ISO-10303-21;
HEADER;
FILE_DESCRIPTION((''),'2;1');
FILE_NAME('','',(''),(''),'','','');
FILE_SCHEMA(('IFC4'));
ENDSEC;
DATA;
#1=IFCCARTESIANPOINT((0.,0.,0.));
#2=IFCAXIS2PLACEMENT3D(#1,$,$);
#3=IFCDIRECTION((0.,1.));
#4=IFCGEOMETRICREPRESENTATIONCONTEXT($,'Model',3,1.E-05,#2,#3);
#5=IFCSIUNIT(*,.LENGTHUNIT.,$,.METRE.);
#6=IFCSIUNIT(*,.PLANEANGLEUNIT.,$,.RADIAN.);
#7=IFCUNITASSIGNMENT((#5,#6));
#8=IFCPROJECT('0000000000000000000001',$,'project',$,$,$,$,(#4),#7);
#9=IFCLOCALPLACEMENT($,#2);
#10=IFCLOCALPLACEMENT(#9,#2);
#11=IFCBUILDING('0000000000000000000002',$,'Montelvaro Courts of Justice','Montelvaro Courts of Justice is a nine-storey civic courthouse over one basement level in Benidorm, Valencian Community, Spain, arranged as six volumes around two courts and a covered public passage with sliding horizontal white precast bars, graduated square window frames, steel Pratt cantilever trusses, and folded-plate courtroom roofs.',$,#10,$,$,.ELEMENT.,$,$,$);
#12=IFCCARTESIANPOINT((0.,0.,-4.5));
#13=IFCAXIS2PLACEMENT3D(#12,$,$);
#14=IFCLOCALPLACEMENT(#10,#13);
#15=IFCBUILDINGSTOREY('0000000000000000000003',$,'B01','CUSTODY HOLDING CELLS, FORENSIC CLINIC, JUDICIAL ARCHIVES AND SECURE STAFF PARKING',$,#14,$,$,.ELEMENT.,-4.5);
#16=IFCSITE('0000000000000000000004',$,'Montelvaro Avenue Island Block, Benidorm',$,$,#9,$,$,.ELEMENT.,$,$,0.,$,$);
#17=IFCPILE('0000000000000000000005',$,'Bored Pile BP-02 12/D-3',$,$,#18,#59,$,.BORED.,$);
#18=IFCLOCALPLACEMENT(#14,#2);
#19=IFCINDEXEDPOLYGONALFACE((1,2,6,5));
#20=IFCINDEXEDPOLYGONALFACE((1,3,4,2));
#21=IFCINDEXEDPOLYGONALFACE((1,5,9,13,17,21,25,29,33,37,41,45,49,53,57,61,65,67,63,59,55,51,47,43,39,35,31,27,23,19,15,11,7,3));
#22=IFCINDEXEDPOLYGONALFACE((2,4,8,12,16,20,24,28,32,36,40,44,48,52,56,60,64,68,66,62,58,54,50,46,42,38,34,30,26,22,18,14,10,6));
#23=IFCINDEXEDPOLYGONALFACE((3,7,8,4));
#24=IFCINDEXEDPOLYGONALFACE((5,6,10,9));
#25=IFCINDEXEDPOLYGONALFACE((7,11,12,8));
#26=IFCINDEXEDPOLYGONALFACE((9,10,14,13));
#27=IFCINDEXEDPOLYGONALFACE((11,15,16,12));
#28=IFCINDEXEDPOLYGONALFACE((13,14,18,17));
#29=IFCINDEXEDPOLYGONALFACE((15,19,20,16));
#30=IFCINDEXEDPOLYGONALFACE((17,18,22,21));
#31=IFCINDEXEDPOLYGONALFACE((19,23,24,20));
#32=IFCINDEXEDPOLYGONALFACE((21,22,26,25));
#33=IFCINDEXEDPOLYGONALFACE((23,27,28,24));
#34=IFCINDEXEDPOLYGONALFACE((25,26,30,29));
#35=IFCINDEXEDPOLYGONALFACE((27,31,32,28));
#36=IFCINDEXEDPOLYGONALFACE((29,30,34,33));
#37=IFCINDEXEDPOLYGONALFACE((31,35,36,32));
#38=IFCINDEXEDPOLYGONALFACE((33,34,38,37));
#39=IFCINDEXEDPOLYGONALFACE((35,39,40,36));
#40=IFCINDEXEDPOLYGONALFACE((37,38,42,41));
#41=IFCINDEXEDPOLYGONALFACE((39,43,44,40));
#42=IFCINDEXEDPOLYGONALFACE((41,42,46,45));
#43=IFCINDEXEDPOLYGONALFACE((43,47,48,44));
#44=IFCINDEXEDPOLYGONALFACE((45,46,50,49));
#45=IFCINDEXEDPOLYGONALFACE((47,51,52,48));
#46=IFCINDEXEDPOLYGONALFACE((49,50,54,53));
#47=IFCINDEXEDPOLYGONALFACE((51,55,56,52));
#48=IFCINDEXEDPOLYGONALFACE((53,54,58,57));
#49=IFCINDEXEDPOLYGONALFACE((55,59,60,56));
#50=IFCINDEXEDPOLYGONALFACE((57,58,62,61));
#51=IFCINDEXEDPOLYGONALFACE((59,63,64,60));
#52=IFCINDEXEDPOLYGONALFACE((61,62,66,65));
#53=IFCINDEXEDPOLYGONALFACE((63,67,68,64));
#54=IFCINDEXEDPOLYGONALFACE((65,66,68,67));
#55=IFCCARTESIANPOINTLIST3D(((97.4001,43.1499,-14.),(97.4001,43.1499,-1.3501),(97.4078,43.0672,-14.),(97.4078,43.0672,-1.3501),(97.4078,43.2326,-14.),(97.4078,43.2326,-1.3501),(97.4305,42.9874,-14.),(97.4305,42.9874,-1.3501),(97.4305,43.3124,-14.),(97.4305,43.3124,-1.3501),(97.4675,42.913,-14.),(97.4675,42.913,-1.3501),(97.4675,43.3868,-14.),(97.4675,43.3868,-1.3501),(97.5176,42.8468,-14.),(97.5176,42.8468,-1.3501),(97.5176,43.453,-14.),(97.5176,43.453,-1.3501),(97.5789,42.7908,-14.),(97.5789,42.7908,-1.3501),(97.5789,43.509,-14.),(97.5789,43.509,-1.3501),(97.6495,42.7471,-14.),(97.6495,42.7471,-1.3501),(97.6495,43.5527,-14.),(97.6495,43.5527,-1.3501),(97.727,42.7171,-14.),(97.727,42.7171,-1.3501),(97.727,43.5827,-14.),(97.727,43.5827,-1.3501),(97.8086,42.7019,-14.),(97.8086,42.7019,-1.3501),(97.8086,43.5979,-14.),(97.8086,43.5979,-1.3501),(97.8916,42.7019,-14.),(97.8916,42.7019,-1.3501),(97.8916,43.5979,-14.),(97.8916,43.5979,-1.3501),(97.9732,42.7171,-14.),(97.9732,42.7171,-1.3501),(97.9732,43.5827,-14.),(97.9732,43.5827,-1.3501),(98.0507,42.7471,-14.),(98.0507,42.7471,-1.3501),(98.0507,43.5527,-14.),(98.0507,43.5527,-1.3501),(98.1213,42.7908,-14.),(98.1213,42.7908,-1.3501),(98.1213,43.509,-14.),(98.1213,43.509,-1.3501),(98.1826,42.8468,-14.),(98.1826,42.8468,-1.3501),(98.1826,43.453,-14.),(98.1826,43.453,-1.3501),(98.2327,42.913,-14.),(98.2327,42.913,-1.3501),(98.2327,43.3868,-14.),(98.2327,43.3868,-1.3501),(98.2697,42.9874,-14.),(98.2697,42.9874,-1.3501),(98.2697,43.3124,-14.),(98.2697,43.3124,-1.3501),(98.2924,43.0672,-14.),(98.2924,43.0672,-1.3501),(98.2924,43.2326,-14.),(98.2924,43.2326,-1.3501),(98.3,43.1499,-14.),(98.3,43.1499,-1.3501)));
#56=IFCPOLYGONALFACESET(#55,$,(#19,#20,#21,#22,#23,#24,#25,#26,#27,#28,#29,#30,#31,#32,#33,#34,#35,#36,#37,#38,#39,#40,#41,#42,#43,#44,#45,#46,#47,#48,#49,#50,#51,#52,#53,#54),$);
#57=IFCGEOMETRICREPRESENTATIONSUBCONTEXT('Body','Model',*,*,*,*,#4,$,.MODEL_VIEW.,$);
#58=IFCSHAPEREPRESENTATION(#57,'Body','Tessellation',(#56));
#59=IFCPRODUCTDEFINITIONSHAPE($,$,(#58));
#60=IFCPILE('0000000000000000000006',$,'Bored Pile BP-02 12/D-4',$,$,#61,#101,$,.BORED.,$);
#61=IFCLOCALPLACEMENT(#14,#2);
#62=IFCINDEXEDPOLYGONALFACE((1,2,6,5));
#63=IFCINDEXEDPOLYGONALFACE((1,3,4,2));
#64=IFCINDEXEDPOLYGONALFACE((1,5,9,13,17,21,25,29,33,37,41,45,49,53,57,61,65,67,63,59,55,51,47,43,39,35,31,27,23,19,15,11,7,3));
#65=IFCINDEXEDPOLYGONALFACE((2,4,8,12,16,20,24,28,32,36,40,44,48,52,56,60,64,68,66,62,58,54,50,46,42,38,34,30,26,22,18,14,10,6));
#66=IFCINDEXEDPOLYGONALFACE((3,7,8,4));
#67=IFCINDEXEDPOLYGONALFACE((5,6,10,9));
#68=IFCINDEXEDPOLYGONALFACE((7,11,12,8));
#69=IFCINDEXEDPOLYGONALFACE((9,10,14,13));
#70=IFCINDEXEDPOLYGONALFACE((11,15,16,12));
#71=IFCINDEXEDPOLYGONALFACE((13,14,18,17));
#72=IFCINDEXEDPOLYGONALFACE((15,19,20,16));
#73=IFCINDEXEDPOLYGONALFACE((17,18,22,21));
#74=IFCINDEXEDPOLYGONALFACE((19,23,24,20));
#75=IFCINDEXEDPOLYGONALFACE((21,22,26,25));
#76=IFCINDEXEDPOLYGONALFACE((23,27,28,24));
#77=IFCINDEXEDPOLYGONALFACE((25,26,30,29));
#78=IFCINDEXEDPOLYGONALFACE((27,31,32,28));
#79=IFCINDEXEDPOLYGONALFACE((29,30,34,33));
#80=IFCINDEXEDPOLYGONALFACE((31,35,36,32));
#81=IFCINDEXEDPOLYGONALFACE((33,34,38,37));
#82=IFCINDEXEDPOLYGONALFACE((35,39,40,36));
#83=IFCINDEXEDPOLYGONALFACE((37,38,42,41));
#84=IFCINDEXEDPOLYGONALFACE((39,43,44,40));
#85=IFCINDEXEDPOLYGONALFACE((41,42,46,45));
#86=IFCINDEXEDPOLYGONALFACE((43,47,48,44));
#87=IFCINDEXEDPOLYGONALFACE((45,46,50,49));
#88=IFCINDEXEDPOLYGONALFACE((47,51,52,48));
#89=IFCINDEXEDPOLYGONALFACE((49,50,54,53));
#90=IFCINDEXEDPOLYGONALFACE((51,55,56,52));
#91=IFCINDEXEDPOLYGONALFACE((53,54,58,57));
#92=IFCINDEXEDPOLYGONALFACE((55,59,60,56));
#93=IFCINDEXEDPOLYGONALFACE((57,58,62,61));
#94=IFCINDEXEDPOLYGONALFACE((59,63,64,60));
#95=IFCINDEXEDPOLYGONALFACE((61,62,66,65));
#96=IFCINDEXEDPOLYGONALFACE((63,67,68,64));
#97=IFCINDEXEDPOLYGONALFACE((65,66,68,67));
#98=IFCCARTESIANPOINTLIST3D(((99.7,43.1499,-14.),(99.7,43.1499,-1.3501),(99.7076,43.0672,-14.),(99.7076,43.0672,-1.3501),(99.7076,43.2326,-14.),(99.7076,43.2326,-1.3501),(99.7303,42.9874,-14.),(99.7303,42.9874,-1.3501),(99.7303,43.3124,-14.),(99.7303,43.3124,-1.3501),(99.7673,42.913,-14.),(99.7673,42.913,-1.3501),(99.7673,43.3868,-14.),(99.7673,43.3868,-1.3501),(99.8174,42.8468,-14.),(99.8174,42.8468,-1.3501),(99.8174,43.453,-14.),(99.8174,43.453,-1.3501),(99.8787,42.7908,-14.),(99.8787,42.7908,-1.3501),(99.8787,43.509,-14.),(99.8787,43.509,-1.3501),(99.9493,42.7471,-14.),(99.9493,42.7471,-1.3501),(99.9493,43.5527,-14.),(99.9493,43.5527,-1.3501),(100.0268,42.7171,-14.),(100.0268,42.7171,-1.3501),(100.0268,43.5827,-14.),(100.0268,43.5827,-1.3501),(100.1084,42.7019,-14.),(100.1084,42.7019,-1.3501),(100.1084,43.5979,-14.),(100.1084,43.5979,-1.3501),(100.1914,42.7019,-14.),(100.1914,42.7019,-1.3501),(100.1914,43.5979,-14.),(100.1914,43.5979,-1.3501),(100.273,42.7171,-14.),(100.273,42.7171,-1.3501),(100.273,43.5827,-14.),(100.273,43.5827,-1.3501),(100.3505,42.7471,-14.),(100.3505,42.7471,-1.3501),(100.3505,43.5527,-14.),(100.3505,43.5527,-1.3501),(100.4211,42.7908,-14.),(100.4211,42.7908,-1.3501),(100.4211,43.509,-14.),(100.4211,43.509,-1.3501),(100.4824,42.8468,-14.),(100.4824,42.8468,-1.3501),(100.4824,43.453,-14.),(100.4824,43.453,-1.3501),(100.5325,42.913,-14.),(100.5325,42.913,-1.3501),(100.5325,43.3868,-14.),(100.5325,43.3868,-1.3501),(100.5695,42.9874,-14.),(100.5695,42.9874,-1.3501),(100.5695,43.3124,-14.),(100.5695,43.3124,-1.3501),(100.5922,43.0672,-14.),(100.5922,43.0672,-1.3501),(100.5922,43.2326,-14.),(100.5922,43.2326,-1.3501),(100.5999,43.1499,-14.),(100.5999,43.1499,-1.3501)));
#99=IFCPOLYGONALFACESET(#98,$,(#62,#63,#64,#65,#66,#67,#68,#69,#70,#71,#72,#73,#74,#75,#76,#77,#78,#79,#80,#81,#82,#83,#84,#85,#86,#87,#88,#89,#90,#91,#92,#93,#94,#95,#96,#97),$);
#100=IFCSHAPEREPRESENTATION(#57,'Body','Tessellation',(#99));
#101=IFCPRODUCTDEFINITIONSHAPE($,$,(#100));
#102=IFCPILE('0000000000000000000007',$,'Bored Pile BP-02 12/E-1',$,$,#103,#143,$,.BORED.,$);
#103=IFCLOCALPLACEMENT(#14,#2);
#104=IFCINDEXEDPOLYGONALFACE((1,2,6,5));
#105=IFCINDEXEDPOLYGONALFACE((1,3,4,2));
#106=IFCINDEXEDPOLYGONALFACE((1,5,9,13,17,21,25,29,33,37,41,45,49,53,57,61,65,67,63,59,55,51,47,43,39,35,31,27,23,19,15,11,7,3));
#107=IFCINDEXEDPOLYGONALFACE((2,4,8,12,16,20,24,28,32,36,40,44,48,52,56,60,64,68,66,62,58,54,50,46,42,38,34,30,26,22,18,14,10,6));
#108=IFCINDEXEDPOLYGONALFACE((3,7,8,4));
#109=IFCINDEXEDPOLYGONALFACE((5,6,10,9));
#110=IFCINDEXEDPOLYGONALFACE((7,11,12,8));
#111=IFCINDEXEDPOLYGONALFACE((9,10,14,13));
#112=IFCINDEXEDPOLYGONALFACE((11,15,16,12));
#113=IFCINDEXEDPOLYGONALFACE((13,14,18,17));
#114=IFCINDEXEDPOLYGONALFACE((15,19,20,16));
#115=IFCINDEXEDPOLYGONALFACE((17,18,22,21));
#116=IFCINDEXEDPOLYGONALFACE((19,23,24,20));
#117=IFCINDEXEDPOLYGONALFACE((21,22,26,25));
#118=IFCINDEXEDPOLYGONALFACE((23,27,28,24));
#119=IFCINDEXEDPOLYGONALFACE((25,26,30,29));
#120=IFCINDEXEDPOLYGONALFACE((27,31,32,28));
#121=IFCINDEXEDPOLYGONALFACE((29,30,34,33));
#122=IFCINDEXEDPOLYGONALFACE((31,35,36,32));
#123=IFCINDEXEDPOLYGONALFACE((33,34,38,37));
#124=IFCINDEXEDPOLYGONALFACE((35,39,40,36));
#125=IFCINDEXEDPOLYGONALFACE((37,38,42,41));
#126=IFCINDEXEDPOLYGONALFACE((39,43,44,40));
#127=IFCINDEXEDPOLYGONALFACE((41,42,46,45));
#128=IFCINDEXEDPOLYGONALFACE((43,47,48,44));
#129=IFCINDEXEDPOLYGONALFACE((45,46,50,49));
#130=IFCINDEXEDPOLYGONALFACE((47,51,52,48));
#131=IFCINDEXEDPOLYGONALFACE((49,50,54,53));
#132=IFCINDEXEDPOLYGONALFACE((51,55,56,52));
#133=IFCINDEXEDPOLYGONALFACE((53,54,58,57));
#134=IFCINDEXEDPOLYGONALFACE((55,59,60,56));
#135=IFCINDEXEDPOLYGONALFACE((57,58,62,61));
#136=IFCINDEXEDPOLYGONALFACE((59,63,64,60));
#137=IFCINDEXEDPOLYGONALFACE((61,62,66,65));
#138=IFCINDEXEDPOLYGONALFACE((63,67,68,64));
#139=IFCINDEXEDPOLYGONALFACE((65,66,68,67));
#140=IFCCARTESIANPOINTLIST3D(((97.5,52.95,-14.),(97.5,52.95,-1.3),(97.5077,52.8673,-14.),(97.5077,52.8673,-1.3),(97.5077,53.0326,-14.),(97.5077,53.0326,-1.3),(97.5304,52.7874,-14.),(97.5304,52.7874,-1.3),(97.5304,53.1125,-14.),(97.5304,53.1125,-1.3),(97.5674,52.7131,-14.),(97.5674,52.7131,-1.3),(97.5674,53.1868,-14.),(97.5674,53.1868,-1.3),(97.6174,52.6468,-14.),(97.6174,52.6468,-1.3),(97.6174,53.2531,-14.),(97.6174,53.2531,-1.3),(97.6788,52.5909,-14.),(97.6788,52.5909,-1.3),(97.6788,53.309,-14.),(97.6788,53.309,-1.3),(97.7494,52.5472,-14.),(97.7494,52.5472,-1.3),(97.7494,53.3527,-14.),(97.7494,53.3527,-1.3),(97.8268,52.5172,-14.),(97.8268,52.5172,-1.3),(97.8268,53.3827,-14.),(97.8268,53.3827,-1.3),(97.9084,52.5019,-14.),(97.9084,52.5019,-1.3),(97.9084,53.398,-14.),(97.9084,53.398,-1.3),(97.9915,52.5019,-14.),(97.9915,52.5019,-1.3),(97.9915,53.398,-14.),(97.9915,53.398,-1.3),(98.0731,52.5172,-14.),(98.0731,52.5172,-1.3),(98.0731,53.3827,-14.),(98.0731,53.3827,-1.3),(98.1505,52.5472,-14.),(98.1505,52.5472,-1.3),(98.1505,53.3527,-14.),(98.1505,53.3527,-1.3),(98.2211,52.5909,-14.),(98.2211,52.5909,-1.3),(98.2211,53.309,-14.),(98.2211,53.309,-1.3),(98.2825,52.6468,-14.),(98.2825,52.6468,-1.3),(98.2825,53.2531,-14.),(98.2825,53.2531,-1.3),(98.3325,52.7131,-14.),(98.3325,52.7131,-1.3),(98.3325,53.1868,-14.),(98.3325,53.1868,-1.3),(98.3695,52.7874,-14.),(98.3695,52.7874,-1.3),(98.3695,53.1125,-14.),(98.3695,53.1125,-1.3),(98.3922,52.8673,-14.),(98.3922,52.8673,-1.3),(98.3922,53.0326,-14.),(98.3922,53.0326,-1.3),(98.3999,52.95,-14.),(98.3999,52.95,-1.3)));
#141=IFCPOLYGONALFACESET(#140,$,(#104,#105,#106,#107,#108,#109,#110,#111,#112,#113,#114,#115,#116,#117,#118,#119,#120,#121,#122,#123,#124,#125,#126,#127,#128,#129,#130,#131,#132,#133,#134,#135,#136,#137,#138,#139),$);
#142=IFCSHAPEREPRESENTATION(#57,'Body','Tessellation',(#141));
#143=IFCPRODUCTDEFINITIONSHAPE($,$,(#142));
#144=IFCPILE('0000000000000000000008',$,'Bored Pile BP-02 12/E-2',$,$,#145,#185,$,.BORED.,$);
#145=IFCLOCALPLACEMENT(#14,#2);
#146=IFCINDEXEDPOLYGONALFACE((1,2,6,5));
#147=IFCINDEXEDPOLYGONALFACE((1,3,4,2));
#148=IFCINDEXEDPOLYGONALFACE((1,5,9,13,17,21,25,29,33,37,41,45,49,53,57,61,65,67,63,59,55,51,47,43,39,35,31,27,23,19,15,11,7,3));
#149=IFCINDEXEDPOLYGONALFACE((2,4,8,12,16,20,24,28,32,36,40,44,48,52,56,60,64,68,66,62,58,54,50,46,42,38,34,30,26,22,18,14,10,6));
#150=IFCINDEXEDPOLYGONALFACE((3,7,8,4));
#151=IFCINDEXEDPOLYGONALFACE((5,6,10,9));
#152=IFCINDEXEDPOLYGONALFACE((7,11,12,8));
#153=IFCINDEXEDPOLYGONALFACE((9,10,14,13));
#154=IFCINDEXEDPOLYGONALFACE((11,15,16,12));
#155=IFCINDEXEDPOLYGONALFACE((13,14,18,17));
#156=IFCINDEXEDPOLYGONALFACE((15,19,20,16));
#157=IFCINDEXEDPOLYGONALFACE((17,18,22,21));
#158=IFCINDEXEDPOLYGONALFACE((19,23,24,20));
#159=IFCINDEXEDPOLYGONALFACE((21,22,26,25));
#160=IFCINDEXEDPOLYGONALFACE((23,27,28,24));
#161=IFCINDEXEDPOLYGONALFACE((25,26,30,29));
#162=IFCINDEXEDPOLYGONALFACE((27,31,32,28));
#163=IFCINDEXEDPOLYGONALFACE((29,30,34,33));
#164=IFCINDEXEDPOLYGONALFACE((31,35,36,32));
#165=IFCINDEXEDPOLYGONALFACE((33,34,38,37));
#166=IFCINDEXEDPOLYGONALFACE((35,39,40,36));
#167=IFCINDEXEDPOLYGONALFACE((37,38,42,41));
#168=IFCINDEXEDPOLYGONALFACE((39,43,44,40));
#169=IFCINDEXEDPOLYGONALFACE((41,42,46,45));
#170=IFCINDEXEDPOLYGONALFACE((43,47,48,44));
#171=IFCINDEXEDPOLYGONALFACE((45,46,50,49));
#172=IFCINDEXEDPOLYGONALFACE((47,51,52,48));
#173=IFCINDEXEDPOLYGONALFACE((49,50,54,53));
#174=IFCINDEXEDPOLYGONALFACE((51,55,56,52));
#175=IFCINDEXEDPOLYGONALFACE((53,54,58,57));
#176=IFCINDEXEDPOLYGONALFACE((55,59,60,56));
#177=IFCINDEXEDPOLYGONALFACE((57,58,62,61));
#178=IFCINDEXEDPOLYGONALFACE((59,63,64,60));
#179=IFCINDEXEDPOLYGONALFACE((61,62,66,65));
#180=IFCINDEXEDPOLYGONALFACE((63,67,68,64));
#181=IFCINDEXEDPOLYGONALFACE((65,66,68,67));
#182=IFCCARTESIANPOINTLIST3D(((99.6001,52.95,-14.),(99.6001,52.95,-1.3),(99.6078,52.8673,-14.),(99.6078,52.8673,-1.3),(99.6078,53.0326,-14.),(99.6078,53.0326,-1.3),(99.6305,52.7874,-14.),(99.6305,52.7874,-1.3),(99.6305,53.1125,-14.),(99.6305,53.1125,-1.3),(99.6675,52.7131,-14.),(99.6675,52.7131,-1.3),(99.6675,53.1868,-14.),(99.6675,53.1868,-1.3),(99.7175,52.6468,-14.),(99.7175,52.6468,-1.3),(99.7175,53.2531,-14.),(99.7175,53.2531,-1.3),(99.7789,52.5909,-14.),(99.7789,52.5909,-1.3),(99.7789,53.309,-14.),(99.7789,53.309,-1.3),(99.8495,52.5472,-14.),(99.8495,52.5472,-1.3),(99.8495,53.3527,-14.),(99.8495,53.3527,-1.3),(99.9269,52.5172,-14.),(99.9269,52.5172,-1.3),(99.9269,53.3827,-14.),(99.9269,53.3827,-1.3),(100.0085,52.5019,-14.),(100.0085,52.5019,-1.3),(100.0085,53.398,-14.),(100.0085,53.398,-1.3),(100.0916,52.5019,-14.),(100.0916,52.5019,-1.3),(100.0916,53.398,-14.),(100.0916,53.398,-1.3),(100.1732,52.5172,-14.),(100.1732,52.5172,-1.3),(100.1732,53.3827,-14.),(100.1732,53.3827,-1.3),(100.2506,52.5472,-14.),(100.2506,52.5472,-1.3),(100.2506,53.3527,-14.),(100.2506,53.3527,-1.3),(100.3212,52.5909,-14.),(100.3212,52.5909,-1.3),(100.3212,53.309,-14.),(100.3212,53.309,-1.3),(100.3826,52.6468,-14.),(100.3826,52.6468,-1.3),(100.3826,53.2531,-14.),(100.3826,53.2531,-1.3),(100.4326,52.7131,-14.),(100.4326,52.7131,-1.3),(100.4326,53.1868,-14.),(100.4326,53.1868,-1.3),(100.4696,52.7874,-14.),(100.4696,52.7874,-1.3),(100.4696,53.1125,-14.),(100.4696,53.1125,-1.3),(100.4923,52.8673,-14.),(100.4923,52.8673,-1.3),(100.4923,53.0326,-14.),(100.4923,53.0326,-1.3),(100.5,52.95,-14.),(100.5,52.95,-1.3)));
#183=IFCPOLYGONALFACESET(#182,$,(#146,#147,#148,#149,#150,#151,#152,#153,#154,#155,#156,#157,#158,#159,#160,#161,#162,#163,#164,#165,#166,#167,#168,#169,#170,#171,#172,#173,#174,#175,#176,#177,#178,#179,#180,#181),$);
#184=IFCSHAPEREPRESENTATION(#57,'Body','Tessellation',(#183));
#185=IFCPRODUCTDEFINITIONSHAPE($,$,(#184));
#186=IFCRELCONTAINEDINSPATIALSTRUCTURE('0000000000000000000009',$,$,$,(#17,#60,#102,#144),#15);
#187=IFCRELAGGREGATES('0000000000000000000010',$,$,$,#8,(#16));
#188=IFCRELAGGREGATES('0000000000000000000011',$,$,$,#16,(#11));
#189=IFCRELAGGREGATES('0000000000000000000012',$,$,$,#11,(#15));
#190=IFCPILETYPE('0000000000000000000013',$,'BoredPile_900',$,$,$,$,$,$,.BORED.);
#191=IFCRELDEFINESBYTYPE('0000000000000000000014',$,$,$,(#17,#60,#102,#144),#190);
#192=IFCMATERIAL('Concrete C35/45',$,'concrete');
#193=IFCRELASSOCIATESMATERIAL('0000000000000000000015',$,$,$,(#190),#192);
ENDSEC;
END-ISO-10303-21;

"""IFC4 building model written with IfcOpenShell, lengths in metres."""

from ifc_helpers import new_model, si_unit, direction, frame, origin, origin_2d, place, context, subcontext, project, spatial, circle, extrude, material, material_profile, profile_set, type_object, element, save


model = new_model("IFC4")

# Units and contexts
model_context = context("Model", 3, precision=1e-05, world=origin(), true_north=direction((0.0, 1.0)))
body_context = subcontext(model_context, "Body", "Model", "MODEL_VIEW")
ifc_project = project(units=[si_unit("LENGTHUNIT", "METRE"), si_unit("PLANEANGLEUNIT", "RADIAN")], contexts=[model_context])

# Site, building, storey
site_placement = place(None, origin())
site = spatial("IfcSite", under=ifc_project, at=site_placement, Name="Montelvaro Avenue Island Block, Benidorm", CompositionType="ELEMENT", RefElevation=0.0)
building_placement = place(site_placement, origin())
building = spatial("IfcBuilding", under=site, at=building_placement, Name="Montelvaro Courts of Justice", Description="Montelvaro Courts of Justice is a nine-storey civic courthouse over one basement level in Benidorm, Valencian Community, Spain, arranged as six volumes around two courts and a covered public passage with sliding horizontal white precast bars, graduated square window frames, steel Pratt cantilever trusses, and folded-plate courtroom roofs.", CompositionType="ELEMENT")
storey_placement = place(building_placement, frame((0.0, 0.0, -4.5)))
storey = spatial("IfcBuildingStorey", under=building, at=storey_placement, Name="B01", Description="CUSTODY HOLDING CELLS, FORENSIC CLINIC, JUDICIAL ARCHIVES AND SECURE STAFF PARKING", CompositionType="ELEMENT", Elevation=-4.5)

# Piles
ifc_material_1 = material(Name="Concrete C35/45", Category="concrete")
ifc_material_profile_1 = material_profile(ifc_material_1, circle(Radius=0.45, at=origin_2d()), Name="BORED PILE D900")
ifc_profile_set_1 = profile_set([ifc_material_profile_1], Name="Concrete C35/45")
pile_type_1 = type_object("IfcPileType", Name="BoredPile_900", PredefinedType="BORED", material=ifc_profile_set_1)
for number, where, z_axis, x_axis, name in (
    (1, (97.8501, 43.1499, -1.3501), (0.0, 0.0, -1.0), (1.0, 0.0, 0.0), "Bored Pile BP-02 12/D-3"),
    (2, (100.1499, 43.1499, -1.3501), (0.0, 0.0, -1.0), (1.0, 0.0, 0.0), "Bored Pile BP-02 12/D-4"),
):
    element("IfcPile", number, at=place(storey_placement, frame(where, z_axis=z_axis, x_axis=x_axis)), inside=storey, type_object=pile_type_1, Name=name, PredefinedType="BORED", context=body_context, shape_type="SweptSolid", body=[
        extrude(circle(Radius=0.45, at=origin_2d()), origin(), (0.0, 0.0, 1.0), 12.6499),
    ])
for number, where, z_axis, x_axis, name in (
    (3, (97.95, 52.95, -1.3), (0.0, 0.0, -1.0), (1.0, 0.0, 0.0), "Bored Pile BP-02 12/E-1"),
    (4, (100.05, 52.95, -1.3), (0.0, 0.0, -1.0), (1.0, 0.0, 0.0), "Bored Pile BP-02 12/E-2"),
):
    element("IfcPile", number, at=place(storey_placement, frame(where, z_axis=z_axis, x_axis=x_axis)), inside=storey, type_object=pile_type_1, Name=name, PredefinedType="BORED", context=body_context, shape_type="SweptSolid", body=[
        extrude(circle(Radius=0.45, at=origin_2d()), origin(), (0.0, 0.0, 1.0), 12.7),
    ])

save(model, "model.ifc")
